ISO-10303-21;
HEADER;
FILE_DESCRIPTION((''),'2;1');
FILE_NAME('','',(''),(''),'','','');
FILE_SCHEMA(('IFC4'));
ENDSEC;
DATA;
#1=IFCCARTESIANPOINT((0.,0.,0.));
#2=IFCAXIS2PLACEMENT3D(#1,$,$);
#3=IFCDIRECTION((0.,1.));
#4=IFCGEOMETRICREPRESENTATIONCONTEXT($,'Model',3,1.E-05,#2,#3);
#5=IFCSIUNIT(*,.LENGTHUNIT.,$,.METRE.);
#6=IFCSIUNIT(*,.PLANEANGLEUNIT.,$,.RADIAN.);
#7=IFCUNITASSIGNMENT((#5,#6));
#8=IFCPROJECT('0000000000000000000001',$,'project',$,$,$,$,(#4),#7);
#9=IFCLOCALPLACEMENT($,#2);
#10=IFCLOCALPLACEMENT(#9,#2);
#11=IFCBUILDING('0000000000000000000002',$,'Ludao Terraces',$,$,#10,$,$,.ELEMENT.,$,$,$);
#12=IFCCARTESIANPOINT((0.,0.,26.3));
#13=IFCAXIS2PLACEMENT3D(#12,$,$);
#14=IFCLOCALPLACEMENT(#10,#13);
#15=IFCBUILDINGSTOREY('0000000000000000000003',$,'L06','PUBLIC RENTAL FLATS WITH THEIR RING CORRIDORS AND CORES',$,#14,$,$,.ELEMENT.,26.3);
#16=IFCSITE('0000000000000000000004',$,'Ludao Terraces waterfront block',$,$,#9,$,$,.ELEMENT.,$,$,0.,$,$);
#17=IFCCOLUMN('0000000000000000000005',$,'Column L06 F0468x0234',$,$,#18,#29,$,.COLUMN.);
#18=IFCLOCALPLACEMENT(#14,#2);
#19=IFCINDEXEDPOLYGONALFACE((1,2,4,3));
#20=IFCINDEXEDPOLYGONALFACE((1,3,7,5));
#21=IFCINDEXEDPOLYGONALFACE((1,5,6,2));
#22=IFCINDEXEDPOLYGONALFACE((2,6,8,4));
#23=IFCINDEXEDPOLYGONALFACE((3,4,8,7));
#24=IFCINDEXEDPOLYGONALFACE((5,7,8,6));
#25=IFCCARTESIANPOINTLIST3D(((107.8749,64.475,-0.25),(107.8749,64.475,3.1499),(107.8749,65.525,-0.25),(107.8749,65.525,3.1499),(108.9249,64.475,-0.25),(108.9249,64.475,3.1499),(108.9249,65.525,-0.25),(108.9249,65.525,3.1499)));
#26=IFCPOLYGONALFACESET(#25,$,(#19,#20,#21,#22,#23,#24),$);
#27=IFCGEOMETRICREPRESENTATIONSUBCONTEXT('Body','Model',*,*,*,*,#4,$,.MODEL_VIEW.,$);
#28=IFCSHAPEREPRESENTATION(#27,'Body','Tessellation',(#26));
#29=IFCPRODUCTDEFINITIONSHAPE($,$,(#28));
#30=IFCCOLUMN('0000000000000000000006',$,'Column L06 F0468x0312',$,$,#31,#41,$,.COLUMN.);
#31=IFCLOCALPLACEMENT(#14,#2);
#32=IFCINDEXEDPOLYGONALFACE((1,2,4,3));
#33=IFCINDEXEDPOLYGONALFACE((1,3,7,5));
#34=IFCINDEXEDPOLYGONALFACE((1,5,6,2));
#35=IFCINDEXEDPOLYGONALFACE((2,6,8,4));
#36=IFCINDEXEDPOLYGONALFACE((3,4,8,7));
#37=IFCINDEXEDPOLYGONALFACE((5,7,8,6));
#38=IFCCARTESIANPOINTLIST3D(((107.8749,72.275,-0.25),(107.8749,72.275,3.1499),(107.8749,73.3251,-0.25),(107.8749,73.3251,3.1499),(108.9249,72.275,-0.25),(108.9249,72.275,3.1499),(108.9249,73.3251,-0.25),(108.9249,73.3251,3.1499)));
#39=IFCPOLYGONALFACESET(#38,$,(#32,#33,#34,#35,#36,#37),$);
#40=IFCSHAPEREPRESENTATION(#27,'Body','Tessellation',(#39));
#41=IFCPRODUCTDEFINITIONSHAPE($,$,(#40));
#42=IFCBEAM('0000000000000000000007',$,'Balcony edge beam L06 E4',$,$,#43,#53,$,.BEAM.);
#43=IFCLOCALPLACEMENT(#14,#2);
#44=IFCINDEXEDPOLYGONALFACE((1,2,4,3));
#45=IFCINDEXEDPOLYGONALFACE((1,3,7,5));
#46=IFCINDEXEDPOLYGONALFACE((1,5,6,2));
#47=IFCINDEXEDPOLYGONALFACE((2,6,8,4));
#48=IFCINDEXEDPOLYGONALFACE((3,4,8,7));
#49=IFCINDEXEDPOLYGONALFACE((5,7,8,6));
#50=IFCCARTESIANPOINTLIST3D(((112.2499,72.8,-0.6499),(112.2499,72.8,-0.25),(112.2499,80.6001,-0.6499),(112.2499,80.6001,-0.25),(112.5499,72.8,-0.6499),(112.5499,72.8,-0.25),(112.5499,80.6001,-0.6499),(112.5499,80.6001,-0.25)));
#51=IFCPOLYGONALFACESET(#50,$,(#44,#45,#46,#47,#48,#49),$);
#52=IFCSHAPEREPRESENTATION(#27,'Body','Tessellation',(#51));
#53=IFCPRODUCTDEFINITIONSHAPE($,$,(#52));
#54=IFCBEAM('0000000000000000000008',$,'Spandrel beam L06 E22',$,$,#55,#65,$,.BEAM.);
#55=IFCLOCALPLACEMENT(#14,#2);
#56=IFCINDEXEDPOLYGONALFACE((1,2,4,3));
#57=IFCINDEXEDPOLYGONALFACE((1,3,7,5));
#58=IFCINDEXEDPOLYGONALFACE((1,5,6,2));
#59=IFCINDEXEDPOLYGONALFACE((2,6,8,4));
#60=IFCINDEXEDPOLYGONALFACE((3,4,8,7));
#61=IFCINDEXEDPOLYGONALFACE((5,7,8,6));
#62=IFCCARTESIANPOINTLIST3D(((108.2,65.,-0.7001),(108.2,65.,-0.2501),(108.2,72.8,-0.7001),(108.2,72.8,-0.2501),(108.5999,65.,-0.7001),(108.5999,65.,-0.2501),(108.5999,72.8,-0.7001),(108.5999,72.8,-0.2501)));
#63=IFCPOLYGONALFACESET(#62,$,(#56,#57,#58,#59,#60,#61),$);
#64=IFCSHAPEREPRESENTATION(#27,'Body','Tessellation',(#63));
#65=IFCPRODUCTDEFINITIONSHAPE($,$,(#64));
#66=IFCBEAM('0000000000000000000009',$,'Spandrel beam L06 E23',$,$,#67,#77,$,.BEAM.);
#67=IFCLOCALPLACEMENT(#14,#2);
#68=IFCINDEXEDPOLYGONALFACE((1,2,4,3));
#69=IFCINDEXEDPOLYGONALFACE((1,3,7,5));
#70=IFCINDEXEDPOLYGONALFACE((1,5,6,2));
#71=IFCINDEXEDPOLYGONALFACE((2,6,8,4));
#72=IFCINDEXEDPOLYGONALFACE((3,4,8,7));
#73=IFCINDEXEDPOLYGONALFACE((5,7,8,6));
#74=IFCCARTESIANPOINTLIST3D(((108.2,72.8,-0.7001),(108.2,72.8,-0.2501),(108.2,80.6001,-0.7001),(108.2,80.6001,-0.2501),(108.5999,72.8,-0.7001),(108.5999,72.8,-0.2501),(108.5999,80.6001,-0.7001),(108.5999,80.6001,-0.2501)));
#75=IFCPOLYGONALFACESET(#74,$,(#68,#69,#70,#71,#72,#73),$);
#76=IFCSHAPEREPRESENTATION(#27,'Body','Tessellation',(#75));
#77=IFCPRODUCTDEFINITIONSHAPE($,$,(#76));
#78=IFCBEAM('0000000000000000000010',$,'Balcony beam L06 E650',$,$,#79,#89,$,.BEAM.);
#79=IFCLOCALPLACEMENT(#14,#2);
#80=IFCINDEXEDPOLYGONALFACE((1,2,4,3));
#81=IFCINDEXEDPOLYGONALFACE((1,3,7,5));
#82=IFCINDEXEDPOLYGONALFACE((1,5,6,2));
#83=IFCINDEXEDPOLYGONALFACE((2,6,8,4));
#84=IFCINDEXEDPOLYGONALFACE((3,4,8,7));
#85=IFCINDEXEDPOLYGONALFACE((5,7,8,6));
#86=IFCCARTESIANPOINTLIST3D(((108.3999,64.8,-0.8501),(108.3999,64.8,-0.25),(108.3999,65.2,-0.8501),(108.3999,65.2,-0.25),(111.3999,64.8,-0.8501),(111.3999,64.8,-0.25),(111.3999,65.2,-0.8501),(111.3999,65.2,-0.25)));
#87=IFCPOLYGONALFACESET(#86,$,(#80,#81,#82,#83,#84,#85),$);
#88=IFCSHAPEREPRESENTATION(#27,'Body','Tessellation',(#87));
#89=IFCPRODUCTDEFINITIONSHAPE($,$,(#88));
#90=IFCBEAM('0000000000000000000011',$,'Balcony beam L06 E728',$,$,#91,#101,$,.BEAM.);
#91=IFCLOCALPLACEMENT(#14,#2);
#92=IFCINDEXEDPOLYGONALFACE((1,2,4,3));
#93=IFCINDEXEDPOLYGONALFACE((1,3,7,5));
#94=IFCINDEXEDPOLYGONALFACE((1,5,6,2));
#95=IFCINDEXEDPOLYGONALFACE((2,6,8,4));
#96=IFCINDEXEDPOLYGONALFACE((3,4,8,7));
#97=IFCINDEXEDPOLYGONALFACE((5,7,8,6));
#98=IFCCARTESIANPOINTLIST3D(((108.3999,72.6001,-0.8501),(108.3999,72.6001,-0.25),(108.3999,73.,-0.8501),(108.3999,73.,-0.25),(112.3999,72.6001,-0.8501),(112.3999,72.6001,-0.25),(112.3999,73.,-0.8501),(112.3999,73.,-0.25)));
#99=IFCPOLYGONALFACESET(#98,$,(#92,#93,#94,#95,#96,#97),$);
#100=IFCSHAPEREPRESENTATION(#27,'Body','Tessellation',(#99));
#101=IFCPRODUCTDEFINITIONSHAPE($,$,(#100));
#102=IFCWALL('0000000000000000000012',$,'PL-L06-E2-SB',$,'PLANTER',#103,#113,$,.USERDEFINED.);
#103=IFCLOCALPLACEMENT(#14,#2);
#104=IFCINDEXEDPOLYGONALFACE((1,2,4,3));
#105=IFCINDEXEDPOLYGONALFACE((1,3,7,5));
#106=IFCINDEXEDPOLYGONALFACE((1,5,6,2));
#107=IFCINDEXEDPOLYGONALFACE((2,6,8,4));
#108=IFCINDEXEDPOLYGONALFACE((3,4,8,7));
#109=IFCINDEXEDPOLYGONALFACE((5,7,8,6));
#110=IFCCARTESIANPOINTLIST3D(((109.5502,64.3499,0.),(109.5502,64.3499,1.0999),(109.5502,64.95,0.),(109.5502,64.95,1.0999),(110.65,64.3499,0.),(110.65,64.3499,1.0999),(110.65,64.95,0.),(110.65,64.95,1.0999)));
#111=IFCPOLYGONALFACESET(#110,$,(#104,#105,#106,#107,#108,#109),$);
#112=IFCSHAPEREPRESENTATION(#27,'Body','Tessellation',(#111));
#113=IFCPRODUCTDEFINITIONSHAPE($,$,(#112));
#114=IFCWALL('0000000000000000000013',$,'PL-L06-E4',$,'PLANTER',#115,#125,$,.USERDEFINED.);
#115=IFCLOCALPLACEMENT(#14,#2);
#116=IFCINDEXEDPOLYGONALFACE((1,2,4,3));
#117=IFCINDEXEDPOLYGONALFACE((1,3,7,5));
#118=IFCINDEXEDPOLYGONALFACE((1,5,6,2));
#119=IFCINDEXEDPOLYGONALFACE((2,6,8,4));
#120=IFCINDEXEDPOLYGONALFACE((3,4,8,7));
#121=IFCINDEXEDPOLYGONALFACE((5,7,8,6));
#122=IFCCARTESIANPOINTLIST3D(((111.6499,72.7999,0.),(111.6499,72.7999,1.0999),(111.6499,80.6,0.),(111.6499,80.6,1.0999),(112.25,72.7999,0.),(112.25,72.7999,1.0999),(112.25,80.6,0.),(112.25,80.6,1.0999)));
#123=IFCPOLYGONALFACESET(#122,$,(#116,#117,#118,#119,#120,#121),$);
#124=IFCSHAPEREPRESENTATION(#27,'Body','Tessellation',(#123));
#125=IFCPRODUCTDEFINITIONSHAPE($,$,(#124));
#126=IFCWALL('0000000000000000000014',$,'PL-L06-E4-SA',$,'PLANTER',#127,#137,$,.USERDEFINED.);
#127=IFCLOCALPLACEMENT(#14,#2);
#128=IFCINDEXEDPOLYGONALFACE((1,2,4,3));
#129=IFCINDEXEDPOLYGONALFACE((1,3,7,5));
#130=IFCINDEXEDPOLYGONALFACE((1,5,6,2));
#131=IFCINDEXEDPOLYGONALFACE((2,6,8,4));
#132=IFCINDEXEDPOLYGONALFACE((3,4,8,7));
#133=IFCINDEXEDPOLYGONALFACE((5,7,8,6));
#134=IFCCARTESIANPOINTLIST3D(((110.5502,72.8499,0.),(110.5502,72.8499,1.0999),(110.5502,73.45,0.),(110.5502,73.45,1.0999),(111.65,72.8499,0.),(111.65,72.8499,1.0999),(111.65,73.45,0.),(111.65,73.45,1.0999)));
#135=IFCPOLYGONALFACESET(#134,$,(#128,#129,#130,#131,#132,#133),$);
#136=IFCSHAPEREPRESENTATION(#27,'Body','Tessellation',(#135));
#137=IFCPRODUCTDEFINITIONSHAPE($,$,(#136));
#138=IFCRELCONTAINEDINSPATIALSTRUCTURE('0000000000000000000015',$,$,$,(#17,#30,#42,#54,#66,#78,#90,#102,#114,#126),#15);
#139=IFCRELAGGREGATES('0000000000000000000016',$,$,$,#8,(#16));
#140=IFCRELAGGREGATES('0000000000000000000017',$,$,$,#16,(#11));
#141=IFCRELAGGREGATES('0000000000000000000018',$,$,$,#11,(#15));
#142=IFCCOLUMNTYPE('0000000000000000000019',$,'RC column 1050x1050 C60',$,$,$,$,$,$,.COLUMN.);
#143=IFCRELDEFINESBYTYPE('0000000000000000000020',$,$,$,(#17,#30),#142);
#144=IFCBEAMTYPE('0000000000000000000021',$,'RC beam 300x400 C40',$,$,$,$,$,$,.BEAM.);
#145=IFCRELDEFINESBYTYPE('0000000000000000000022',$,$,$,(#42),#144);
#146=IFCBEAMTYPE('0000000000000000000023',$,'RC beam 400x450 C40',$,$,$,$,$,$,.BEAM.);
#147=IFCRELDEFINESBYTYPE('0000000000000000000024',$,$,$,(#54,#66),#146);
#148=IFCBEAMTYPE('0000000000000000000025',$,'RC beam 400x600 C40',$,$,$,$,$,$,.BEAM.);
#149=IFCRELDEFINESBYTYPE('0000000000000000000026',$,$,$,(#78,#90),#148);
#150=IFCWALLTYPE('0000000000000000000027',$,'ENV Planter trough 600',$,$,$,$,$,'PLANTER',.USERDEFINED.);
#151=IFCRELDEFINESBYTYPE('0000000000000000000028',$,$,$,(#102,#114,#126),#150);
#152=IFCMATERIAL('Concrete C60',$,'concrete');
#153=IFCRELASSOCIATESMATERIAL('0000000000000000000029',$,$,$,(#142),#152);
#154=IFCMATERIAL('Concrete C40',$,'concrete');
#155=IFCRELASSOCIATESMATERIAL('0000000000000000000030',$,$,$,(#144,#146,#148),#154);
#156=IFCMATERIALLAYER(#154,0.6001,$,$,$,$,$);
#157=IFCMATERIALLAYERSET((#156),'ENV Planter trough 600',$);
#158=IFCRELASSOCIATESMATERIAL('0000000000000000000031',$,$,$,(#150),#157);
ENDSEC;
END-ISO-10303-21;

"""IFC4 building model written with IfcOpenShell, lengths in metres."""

from ifc_helpers import new_model, si_unit, direction, frame, frame_2d, origin, origin_2d, place, context, subcontext, project, spatial, rectangle, extrude, material, layer, layer_set, material_profile, profile_set, type_object, element, save


model = new_model("IFC4")

# Units and contexts
model_context = context("Model", 3, precision=1e-05, world=origin(), true_north=direction((0.0, 1.0)))
body_context = subcontext(model_context, "Body", "Model", "MODEL_VIEW")
ifc_project = project(units=[si_unit("LENGTHUNIT", "METRE"), si_unit("PLANEANGLEUNIT", "RADIAN")], contexts=[model_context])

# Site, building, storey
site_placement = place(None, origin())
site = spatial("IfcSite", under=ifc_project, at=site_placement, Name="Ludao Terraces waterfront block", CompositionType="ELEMENT", RefElevation=0.0)
building_placement = place(site_placement, origin())
building = spatial("IfcBuilding", under=site, at=building_placement, Name="Ludao Terraces", CompositionType="ELEMENT")
storey_placement = place(building_placement, frame((0.0, 0.0, 26.3)))
storey = spatial("IfcBuildingStorey", under=building, at=storey_placement, Name="L06", Description="PUBLIC RENTAL FLATS WITH THEIR RING CORRIDORS AND CORES", CompositionType="ELEMENT", Elevation=26.3)

# Columns
ifc_material_1 = material(Name="Concrete C60", Category="concrete")
ifc_material_profile_1 = material_profile(ifc_material_1, rectangle(XDim=1.05, YDim=1.05, at=origin_2d()), Name="1050 X 1050")
ifc_profile_set_1 = profile_set([ifc_material_profile_1], Name="Concrete C60")
column_type = type_object("IfcColumnType", Name="RC column 1050x1050 C60", PredefinedType="COLUMN", material=ifc_profile_set_1)
for number, where, z_axis, x_axis, name in (
    (1, (108.3999, 65.0, -0.25), (0.0, 0.0, 1.0), (1.0, 0.0, 0.0), "Column L06 F0468x0234"),
    (2, (108.3999, 72.8, -0.25), (0.0, 0.0, 1.0), (1.0, 0.0, 0.0), "Column L06 F0468x0312"),
):
    element("IfcColumn", number, at=place(storey_placement, frame(where, z_axis=z_axis, x_axis=x_axis)), inside=storey, type_object=column_type, Name=name, PredefinedType="COLUMN", context=body_context, shape_type="SweptSolid", body=[
        extrude(rectangle(XDim=1.05, YDim=1.05, at=origin_2d()), origin(), (0.0, 0.0, 1.0), 3.3999),
    ])

# Beams
ifc_material_2 = material(Name="Concrete C40", Category="concrete")
ifc_material_profile_2 = material_profile(ifc_material_2, rectangle(XDim=0.3, YDim=0.3999, at=origin_2d()), Name="300 X 400")
ifc_profile_set_2 = profile_set([ifc_material_profile_2], Name="Concrete C40")
beam_type_1 = type_object("IfcBeamType", Name="RC beam 300x400 C40", PredefinedType="BEAM", material=ifc_profile_set_2)
beam_1_placement = place(storey_placement, frame((112.3999, 72.8, -0.45), z_axis=(0.0, 1.0, 0.0), x_axis=(-1.0, 0.0, 0.0)))
element("IfcBeam", 3, at=beam_1_placement, inside=storey, type_object=beam_type_1, Name="Balcony edge beam L06 E4", PredefinedType="BEAM", context=body_context, shape_type="SweptSolid", body=[
    extrude(rectangle(XDim=0.3, YDim=0.3999, at=origin_2d()), origin(), (0.0, 0.0, 1.0), 7.8),
])
ifc_material_profile_3 = material_profile(ifc_material_2, rectangle(XDim=0.3999, YDim=0.45, at=origin_2d()), Name="400 X 450")
ifc_profile_set_3 = profile_set([ifc_material_profile_3], Name="Concrete C40")
beam_type_2 = type_object("IfcBeamType", Name="RC beam 400x450 C40", PredefinedType="BEAM", material=ifc_profile_set_3)
for number, where, z_axis, x_axis, name in (
    (4, (108.3999, 65.0, -0.4751), (0.0, 1.0, 0.0), (-1.0, 0.0, 0.0), "Spandrel beam L06 E22"),
    (5, (108.3999, 72.8, -0.4751), (0.0, 1.0, 0.0), (-1.0, 0.0, 0.0), "Spandrel beam L06 E23"),
):
    element("IfcBeam", number, at=place(storey_placement, frame(where, z_axis=z_axis, x_axis=x_axis)), inside=storey, type_object=beam_type_2, Name=name, PredefinedType="BEAM", context=body_context, shape_type="SweptSolid", body=[
        extrude(rectangle(XDim=0.3999, YDim=0.45, at=origin_2d()), origin(), (0.0, 0.0, 1.0), 7.8),
    ])
ifc_material_profile_4 = material_profile(ifc_material_2, rectangle(XDim=0.3999, YDim=0.6001, at=origin_2d()), Name="400 X 600")
ifc_profile_set_4 = profile_set([ifc_material_profile_4], Name="Concrete C40")
beam_type_3 = type_object("IfcBeamType", Name="RC beam 400x600 C40", PredefinedType="BEAM", material=ifc_profile_set_4)
beam_2_placement = place(storey_placement, frame((108.3999, 65.0, -0.55), z_axis=(1.0, 0.0, 0.0), x_axis=(0.0, 1.0, 0.0)))
element("IfcBeam", 6, at=beam_2_placement, inside=storey, type_object=beam_type_3, Name="Balcony beam L06 E650", PredefinedType="BEAM", context=body_context, shape_type="SweptSolid", body=[
    extrude(rectangle(XDim=0.3999, YDim=0.6001, at=origin_2d()), origin(), (0.0, 0.0, 1.0), 3.0),
])
beam_3_placement = place(storey_placement, frame((108.3999, 72.8, -0.55), z_axis=(1.0, 0.0, 0.0), x_axis=(0.0, 1.0, 0.0)))
element("IfcBeam", 7, at=beam_3_placement, inside=storey, type_object=beam_type_3, Name="Balcony beam L06 E728", PredefinedType="BEAM", context=body_context, shape_type="SweptSolid", body=[
    extrude(rectangle(XDim=0.3999, YDim=0.6001, at=origin_2d()), origin(), (0.0, 0.0, 1.0), 4.0),
])

# Walls
ifc_layer_1 = layer(ifc_material_2, 0.6001)
ifc_layer_set_1 = layer_set([ifc_layer_1], Name="ENV Planter trough 600")
wall_type_1 = type_object("IfcWallType", Name="ENV Planter trough 600", ElementType="PLANTER", PredefinedType="USERDEFINED", material=ifc_layer_set_1)
wall_1_placement = place(storey_placement, frame((110.6499, 64.6499, 0.0), z_axis=(0.0, 0.0, 1.0), x_axis=(-1.0, 0.0, 0.0)))
element("IfcWall", 8, at=wall_1_placement, inside=storey, type_object=wall_type_1, Name="PL-L06-E2-SB", ObjectType="PLANTER", PredefinedType="USERDEFINED", context=body_context, shape_type="SweptSolid", body=[
    extrude(rectangle(XDim=1.0999, YDim=0.6001, at=frame_2d((0.5498, 0.0))), origin(), (0.0, 0.0, 1.0), 1.0999),
])
wall_2_placement = place(storey_placement, frame((111.95, 72.8, 0.0), z_axis=(0.0, 0.0, 1.0), x_axis=(0.0, 1.0, 0.0)))
element("IfcWall", 9, at=wall_2_placement, inside=storey, type_object=wall_type_1, Name="PL-L06-E4", ObjectType="PLANTER", PredefinedType="USERDEFINED", context=body_context, shape_type="SweptSolid", body=[
    extrude(rectangle(XDim=7.8, YDim=0.6001, at=frame_2d((3.8999, 0.0))), origin(), (0.0, 0.0, 1.0), 1.0999),
])
wall_3_placement = place(storey_placement, frame((111.6499, 73.1499, 0.0), z_axis=(0.0, 0.0, 1.0), x_axis=(-1.0, 0.0, 0.0)))
element("IfcWall", 10, at=wall_3_placement, inside=storey, type_object=wall_type_1, Name="PL-L06-E4-SA", ObjectType="PLANTER", PredefinedType="USERDEFINED", context=body_context, shape_type="SweptSolid", body=[
    extrude(rectangle(XDim=1.0999, YDim=0.6001, at=frame_2d((0.5498, 0.0))), origin(), (0.0, 0.0, 1.0), 1.0999),
])

save(model, "model.ifc")
